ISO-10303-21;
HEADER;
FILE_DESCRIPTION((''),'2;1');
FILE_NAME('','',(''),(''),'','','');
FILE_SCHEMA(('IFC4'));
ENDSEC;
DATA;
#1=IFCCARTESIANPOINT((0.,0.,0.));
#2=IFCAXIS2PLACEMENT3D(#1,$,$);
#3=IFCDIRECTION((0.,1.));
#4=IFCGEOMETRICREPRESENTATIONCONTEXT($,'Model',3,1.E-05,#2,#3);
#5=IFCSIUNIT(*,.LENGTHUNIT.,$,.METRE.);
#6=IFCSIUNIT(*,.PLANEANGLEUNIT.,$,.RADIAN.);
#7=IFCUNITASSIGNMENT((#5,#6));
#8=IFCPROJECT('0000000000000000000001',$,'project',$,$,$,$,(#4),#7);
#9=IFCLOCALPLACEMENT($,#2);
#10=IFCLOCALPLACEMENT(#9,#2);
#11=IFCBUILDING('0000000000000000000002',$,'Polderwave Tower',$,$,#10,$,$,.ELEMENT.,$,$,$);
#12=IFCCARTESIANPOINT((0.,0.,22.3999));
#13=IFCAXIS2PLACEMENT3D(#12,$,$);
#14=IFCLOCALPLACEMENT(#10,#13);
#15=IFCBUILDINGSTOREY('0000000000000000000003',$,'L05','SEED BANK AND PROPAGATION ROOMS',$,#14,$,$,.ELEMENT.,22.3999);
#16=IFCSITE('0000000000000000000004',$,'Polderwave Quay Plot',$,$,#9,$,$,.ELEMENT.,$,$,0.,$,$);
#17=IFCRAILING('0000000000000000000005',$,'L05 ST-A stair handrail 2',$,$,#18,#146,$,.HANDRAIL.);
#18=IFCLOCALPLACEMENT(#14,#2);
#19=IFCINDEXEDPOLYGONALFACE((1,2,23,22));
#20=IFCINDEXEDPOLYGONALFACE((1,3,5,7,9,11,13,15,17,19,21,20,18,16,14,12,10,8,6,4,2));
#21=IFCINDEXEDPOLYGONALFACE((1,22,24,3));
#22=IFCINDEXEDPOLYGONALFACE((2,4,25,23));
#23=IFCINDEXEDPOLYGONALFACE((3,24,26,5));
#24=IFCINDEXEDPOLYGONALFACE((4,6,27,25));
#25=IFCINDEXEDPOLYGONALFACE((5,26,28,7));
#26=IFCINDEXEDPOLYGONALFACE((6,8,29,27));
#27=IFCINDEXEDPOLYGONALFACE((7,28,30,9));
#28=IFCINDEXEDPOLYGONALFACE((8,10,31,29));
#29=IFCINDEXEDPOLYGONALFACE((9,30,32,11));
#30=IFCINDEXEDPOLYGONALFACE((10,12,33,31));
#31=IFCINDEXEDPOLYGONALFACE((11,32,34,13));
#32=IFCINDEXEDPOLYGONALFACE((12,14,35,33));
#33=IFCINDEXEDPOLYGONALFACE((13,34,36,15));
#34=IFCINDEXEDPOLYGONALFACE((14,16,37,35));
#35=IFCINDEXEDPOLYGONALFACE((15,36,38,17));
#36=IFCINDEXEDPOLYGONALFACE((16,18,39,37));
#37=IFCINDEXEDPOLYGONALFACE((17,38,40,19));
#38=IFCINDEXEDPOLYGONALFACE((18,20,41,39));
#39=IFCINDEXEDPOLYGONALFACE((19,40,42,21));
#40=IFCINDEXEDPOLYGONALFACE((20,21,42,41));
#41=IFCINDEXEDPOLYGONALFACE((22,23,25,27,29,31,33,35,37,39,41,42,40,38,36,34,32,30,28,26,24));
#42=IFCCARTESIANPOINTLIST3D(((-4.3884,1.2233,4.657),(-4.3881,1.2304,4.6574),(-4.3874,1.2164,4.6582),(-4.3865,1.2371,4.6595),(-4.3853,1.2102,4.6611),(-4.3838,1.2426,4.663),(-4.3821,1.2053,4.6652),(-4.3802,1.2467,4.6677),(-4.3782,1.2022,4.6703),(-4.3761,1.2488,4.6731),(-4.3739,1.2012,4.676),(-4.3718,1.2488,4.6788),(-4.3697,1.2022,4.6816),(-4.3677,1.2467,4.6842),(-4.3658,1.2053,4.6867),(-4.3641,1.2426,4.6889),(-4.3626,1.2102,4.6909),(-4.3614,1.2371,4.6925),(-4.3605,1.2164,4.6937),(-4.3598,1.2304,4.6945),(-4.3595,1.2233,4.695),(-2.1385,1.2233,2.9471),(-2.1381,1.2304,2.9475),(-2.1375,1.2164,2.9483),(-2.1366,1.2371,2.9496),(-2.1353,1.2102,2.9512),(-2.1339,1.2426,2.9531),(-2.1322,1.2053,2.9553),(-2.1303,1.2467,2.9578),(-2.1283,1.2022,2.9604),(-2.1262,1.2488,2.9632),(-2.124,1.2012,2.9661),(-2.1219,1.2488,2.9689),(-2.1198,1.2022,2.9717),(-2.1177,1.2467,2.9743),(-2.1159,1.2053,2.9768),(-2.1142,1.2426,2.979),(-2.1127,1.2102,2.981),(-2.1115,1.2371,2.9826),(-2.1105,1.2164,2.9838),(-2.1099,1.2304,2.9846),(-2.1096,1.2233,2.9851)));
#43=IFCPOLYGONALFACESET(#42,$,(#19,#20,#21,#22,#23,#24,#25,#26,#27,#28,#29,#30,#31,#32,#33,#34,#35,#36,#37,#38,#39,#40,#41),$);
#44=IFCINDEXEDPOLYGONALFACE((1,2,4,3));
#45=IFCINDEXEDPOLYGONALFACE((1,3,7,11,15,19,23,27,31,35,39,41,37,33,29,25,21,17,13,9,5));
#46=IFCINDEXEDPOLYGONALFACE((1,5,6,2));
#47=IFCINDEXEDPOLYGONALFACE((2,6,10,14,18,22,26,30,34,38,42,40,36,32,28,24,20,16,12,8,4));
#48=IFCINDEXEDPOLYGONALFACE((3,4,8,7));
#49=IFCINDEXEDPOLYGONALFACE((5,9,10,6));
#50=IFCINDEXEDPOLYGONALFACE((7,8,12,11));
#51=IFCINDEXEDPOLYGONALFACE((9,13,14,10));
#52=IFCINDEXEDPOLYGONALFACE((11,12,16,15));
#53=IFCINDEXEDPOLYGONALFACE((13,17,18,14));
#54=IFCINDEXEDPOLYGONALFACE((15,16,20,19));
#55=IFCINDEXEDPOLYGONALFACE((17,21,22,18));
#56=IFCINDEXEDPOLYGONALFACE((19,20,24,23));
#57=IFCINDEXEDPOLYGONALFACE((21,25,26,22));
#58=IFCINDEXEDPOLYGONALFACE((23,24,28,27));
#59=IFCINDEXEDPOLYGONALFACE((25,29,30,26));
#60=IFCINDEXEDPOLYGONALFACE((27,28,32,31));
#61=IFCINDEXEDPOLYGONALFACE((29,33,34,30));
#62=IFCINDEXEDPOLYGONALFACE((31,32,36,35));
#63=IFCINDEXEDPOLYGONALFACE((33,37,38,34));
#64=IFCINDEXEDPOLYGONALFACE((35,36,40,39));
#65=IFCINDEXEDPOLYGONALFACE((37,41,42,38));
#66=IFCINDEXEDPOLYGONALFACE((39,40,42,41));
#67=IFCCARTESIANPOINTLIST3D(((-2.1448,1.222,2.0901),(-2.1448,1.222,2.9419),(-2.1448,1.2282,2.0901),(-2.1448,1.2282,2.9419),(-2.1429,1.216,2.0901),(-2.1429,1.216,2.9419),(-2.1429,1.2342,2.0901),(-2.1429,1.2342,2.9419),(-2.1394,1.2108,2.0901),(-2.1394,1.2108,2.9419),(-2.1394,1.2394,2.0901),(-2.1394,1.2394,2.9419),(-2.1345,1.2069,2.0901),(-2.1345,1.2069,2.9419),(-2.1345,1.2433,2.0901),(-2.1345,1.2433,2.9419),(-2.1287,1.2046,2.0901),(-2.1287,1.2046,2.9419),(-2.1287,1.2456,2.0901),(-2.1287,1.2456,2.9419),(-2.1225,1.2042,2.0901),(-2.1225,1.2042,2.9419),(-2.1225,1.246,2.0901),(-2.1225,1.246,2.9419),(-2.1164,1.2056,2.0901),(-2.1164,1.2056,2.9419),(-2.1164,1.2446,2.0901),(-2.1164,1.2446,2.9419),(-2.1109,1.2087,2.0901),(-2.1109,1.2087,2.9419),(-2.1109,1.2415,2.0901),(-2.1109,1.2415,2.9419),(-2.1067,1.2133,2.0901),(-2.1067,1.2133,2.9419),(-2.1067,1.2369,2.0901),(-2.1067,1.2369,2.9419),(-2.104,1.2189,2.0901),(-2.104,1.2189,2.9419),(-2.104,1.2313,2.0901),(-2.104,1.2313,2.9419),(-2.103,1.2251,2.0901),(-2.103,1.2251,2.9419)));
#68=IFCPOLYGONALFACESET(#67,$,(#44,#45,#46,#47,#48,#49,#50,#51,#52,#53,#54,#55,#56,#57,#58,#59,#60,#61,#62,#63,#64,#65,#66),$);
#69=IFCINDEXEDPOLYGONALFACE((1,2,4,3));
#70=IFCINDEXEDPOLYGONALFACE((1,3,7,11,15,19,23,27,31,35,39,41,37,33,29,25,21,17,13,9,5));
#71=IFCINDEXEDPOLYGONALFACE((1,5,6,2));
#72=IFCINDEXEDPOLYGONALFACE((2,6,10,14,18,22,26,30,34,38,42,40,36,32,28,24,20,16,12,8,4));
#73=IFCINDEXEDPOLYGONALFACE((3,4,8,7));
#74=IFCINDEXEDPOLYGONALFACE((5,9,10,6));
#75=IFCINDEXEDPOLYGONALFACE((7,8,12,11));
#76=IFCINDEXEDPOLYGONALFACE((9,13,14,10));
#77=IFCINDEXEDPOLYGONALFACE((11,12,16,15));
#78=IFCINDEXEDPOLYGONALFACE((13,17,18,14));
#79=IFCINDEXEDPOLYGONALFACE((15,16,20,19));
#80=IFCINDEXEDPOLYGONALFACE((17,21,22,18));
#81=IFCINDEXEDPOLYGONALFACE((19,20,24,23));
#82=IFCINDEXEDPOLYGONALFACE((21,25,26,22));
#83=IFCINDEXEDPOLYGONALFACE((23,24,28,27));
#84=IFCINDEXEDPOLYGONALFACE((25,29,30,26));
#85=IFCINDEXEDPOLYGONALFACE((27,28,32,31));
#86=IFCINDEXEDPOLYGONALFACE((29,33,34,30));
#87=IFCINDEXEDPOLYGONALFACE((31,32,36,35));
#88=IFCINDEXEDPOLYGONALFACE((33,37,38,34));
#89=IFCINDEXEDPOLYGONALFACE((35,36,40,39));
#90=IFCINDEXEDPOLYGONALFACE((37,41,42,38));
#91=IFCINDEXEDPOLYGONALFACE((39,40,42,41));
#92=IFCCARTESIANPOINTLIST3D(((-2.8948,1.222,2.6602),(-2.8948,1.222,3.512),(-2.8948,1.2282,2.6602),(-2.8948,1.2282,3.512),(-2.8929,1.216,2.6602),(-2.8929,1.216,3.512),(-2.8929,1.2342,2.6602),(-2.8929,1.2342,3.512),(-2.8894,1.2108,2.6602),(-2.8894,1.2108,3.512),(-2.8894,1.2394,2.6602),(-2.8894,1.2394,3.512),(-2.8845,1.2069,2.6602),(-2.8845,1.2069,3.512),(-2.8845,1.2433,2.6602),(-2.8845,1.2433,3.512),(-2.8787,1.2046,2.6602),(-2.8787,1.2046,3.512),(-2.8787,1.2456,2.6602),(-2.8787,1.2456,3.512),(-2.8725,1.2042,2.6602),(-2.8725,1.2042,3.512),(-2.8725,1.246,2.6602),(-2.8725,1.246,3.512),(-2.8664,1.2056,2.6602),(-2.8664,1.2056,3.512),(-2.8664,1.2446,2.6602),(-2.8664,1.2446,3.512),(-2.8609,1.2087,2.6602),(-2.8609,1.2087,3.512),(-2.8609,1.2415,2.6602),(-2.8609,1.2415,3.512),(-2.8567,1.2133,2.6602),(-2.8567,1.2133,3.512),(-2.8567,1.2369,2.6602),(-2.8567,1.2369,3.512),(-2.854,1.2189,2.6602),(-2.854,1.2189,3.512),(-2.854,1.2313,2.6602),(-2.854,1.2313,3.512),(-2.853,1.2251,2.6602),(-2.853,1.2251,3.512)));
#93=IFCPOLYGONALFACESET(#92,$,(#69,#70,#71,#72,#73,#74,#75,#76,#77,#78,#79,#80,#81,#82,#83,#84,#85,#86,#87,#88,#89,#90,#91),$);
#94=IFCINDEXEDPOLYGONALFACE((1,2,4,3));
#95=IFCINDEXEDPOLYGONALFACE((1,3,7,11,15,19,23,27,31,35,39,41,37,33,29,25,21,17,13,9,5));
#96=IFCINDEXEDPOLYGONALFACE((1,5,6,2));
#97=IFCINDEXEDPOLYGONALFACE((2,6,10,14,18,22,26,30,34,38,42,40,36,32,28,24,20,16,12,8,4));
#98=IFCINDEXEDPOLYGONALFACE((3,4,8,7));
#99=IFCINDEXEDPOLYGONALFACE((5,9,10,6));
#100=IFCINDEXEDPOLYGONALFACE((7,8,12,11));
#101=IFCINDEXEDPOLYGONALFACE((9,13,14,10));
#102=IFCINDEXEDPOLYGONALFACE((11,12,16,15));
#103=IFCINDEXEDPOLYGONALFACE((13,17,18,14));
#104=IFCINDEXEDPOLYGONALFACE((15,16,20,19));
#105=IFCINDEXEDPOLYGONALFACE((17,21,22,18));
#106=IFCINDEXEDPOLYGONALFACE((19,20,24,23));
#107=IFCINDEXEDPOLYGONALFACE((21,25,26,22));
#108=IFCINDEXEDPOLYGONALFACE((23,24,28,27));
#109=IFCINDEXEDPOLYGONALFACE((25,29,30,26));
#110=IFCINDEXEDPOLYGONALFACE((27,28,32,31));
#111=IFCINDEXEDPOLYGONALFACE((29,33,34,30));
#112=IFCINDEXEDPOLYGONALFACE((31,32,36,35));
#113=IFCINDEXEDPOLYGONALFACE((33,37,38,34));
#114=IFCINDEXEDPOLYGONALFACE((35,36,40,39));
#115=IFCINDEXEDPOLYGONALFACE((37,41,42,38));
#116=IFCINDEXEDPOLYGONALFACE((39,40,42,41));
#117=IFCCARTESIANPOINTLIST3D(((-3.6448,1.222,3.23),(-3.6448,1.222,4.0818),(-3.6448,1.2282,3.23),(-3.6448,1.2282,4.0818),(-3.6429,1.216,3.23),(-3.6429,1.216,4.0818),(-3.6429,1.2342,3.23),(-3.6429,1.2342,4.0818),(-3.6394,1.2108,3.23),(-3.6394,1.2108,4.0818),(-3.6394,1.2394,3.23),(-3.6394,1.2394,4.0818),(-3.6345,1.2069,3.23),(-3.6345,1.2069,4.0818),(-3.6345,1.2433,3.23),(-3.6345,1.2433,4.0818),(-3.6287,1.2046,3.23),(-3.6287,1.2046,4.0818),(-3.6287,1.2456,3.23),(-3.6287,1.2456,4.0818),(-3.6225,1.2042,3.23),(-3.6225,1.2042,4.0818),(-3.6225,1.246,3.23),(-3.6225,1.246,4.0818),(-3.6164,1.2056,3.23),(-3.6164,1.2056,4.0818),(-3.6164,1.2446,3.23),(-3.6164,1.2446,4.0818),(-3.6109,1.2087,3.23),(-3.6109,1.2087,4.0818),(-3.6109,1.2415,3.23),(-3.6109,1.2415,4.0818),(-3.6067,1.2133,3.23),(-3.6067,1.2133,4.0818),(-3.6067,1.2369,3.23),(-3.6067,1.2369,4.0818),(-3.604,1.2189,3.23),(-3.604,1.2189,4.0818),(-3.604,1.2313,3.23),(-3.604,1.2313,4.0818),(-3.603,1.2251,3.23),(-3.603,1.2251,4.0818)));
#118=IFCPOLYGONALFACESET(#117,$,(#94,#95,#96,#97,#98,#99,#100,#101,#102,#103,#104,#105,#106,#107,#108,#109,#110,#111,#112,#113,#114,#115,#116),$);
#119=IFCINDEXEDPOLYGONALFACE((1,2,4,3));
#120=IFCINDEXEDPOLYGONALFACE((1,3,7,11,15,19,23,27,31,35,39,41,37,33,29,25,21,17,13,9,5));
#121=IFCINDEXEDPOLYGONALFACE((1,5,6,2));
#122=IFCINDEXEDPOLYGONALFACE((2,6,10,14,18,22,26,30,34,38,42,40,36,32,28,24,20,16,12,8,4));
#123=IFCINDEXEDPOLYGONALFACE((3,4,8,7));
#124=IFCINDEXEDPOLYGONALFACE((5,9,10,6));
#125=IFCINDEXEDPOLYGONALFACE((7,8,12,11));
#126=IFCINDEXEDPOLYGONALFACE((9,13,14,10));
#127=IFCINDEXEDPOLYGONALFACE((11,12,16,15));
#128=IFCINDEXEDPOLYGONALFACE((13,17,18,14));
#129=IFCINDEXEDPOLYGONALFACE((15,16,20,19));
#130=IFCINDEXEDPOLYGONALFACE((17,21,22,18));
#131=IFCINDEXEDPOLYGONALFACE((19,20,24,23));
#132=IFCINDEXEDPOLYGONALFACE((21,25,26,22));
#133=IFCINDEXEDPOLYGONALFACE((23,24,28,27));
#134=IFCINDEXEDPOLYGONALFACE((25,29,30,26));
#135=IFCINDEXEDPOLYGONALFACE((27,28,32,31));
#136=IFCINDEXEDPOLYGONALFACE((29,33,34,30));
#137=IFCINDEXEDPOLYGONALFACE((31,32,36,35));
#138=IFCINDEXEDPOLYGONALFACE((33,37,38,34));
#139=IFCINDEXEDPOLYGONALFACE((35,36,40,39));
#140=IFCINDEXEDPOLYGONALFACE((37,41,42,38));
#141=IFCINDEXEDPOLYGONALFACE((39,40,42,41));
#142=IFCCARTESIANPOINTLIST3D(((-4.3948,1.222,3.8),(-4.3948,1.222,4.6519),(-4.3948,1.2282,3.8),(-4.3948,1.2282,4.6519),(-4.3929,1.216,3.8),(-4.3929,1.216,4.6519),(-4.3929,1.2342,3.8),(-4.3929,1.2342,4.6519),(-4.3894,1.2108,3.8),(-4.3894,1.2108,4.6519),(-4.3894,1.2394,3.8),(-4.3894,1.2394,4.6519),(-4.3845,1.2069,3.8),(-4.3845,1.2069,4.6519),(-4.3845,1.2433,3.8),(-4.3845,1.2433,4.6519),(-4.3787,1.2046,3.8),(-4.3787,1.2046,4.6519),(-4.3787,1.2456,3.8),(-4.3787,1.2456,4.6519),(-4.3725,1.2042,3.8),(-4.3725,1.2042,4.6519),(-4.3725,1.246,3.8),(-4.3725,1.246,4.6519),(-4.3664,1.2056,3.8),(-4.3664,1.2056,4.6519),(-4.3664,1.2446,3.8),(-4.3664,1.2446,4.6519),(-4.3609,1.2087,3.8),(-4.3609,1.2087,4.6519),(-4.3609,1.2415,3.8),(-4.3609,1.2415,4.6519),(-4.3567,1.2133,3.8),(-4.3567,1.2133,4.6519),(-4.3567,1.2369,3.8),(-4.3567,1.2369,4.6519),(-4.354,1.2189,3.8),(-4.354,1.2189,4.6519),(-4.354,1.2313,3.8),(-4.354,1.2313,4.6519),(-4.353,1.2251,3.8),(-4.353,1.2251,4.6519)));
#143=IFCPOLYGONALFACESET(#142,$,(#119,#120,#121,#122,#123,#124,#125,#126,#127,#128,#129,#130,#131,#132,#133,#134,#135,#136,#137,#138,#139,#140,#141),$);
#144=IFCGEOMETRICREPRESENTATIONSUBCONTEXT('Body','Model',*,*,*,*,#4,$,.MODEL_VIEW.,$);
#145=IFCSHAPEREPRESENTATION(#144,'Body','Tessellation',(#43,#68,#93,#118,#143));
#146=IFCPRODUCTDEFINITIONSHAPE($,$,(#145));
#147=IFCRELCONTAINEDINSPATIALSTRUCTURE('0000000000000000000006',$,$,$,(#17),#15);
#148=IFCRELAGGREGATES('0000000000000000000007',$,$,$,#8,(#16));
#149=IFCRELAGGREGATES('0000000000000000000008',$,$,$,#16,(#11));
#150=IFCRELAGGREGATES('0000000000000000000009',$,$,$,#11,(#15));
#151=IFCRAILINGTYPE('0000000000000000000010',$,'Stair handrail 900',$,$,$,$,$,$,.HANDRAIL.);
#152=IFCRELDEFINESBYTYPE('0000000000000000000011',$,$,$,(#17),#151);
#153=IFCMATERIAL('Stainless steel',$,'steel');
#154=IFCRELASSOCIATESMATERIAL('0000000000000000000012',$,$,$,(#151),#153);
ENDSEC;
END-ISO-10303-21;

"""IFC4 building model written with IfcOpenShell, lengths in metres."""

from ifc_helpers import new_model, si_unit, direction, frame, origin, origin_2d, place, context, subcontext, project, spatial, circle, extrude, material, type_object, element, save


model = new_model("IFC4")

# Units and contexts
model_context = context("Model", 3, precision=1e-05, world=origin(), true_north=direction((0.0, 1.0)))
body_context = subcontext(model_context, "Body", "Model", "MODEL_VIEW")
ifc_project = project(units=[si_unit("LENGTHUNIT", "METRE"), si_unit("PLANEANGLEUNIT", "RADIAN")], contexts=[model_context])

# Site, building, storey
site_placement = place(None, origin())
site = spatial("IfcSite", under=ifc_project, at=site_placement, Name="Polderwave Quay Plot", CompositionType="ELEMENT", RefElevation=0.0)
building_placement = place(site_placement, origin())
building = spatial("IfcBuilding", under=site, at=building_placement, Name="Polderwave Tower", CompositionType="ELEMENT")
storey_placement = place(building_placement, frame((0.0, 0.0, 22.3999)))
storey = spatial("IfcBuildingStorey", under=building, at=storey_placement, Name="L05", Description="SEED BANK AND PROPAGATION ROOMS", CompositionType="ELEMENT", Elevation=22.3999)

# Railing
ifc_material_1 = material(Name="Stainless steel", Category="steel")
railing_type_1 = type_object("IfcRailingType", Name="Stair handrail 900", PredefinedType="HANDRAIL", material=ifc_material_1)
railing_1_placement = place(storey_placement, frame((-2.124, 1.2251, 2.0901)))
element("IfcRailing", 1, at=railing_1_placement, inside=storey, type_object=railing_type_1, Name="L05 ST-A stair handrail 2", PredefinedType="HANDRAIL", context=body_context, shape_type="SweptSolid", body=[
    extrude(circle(Radius=0.0239, at=origin_2d()), frame((0.0, 0.0, 0.876), z_axis=(-0.796169, 0.0, 0.605075), x_axis=(0.0, -1.0, 0.0)), (0.0, 0.0, 1.0), 2.8259),
    extrude(circle(Radius=0.021, at=origin_2d()), origin(), (0.0, 0.0, 1.0), 0.8518),
    extrude(circle(Radius=0.021, at=origin_2d()), frame((-0.75, 0.0, 0.5701)), (0.0, 0.0, 1.0), 0.8518),
    extrude(circle(Radius=0.021, at=origin_2d()), frame((-1.5, 0.0, 1.1399)), (0.0, 0.0, 1.0), 0.8518),
    extrude(circle(Radius=0.021, at=origin_2d()), frame((-2.25, 0.0, 1.71)), (0.0, 0.0, 1.0), 0.8518),
])

save(model, "model.ifc")
